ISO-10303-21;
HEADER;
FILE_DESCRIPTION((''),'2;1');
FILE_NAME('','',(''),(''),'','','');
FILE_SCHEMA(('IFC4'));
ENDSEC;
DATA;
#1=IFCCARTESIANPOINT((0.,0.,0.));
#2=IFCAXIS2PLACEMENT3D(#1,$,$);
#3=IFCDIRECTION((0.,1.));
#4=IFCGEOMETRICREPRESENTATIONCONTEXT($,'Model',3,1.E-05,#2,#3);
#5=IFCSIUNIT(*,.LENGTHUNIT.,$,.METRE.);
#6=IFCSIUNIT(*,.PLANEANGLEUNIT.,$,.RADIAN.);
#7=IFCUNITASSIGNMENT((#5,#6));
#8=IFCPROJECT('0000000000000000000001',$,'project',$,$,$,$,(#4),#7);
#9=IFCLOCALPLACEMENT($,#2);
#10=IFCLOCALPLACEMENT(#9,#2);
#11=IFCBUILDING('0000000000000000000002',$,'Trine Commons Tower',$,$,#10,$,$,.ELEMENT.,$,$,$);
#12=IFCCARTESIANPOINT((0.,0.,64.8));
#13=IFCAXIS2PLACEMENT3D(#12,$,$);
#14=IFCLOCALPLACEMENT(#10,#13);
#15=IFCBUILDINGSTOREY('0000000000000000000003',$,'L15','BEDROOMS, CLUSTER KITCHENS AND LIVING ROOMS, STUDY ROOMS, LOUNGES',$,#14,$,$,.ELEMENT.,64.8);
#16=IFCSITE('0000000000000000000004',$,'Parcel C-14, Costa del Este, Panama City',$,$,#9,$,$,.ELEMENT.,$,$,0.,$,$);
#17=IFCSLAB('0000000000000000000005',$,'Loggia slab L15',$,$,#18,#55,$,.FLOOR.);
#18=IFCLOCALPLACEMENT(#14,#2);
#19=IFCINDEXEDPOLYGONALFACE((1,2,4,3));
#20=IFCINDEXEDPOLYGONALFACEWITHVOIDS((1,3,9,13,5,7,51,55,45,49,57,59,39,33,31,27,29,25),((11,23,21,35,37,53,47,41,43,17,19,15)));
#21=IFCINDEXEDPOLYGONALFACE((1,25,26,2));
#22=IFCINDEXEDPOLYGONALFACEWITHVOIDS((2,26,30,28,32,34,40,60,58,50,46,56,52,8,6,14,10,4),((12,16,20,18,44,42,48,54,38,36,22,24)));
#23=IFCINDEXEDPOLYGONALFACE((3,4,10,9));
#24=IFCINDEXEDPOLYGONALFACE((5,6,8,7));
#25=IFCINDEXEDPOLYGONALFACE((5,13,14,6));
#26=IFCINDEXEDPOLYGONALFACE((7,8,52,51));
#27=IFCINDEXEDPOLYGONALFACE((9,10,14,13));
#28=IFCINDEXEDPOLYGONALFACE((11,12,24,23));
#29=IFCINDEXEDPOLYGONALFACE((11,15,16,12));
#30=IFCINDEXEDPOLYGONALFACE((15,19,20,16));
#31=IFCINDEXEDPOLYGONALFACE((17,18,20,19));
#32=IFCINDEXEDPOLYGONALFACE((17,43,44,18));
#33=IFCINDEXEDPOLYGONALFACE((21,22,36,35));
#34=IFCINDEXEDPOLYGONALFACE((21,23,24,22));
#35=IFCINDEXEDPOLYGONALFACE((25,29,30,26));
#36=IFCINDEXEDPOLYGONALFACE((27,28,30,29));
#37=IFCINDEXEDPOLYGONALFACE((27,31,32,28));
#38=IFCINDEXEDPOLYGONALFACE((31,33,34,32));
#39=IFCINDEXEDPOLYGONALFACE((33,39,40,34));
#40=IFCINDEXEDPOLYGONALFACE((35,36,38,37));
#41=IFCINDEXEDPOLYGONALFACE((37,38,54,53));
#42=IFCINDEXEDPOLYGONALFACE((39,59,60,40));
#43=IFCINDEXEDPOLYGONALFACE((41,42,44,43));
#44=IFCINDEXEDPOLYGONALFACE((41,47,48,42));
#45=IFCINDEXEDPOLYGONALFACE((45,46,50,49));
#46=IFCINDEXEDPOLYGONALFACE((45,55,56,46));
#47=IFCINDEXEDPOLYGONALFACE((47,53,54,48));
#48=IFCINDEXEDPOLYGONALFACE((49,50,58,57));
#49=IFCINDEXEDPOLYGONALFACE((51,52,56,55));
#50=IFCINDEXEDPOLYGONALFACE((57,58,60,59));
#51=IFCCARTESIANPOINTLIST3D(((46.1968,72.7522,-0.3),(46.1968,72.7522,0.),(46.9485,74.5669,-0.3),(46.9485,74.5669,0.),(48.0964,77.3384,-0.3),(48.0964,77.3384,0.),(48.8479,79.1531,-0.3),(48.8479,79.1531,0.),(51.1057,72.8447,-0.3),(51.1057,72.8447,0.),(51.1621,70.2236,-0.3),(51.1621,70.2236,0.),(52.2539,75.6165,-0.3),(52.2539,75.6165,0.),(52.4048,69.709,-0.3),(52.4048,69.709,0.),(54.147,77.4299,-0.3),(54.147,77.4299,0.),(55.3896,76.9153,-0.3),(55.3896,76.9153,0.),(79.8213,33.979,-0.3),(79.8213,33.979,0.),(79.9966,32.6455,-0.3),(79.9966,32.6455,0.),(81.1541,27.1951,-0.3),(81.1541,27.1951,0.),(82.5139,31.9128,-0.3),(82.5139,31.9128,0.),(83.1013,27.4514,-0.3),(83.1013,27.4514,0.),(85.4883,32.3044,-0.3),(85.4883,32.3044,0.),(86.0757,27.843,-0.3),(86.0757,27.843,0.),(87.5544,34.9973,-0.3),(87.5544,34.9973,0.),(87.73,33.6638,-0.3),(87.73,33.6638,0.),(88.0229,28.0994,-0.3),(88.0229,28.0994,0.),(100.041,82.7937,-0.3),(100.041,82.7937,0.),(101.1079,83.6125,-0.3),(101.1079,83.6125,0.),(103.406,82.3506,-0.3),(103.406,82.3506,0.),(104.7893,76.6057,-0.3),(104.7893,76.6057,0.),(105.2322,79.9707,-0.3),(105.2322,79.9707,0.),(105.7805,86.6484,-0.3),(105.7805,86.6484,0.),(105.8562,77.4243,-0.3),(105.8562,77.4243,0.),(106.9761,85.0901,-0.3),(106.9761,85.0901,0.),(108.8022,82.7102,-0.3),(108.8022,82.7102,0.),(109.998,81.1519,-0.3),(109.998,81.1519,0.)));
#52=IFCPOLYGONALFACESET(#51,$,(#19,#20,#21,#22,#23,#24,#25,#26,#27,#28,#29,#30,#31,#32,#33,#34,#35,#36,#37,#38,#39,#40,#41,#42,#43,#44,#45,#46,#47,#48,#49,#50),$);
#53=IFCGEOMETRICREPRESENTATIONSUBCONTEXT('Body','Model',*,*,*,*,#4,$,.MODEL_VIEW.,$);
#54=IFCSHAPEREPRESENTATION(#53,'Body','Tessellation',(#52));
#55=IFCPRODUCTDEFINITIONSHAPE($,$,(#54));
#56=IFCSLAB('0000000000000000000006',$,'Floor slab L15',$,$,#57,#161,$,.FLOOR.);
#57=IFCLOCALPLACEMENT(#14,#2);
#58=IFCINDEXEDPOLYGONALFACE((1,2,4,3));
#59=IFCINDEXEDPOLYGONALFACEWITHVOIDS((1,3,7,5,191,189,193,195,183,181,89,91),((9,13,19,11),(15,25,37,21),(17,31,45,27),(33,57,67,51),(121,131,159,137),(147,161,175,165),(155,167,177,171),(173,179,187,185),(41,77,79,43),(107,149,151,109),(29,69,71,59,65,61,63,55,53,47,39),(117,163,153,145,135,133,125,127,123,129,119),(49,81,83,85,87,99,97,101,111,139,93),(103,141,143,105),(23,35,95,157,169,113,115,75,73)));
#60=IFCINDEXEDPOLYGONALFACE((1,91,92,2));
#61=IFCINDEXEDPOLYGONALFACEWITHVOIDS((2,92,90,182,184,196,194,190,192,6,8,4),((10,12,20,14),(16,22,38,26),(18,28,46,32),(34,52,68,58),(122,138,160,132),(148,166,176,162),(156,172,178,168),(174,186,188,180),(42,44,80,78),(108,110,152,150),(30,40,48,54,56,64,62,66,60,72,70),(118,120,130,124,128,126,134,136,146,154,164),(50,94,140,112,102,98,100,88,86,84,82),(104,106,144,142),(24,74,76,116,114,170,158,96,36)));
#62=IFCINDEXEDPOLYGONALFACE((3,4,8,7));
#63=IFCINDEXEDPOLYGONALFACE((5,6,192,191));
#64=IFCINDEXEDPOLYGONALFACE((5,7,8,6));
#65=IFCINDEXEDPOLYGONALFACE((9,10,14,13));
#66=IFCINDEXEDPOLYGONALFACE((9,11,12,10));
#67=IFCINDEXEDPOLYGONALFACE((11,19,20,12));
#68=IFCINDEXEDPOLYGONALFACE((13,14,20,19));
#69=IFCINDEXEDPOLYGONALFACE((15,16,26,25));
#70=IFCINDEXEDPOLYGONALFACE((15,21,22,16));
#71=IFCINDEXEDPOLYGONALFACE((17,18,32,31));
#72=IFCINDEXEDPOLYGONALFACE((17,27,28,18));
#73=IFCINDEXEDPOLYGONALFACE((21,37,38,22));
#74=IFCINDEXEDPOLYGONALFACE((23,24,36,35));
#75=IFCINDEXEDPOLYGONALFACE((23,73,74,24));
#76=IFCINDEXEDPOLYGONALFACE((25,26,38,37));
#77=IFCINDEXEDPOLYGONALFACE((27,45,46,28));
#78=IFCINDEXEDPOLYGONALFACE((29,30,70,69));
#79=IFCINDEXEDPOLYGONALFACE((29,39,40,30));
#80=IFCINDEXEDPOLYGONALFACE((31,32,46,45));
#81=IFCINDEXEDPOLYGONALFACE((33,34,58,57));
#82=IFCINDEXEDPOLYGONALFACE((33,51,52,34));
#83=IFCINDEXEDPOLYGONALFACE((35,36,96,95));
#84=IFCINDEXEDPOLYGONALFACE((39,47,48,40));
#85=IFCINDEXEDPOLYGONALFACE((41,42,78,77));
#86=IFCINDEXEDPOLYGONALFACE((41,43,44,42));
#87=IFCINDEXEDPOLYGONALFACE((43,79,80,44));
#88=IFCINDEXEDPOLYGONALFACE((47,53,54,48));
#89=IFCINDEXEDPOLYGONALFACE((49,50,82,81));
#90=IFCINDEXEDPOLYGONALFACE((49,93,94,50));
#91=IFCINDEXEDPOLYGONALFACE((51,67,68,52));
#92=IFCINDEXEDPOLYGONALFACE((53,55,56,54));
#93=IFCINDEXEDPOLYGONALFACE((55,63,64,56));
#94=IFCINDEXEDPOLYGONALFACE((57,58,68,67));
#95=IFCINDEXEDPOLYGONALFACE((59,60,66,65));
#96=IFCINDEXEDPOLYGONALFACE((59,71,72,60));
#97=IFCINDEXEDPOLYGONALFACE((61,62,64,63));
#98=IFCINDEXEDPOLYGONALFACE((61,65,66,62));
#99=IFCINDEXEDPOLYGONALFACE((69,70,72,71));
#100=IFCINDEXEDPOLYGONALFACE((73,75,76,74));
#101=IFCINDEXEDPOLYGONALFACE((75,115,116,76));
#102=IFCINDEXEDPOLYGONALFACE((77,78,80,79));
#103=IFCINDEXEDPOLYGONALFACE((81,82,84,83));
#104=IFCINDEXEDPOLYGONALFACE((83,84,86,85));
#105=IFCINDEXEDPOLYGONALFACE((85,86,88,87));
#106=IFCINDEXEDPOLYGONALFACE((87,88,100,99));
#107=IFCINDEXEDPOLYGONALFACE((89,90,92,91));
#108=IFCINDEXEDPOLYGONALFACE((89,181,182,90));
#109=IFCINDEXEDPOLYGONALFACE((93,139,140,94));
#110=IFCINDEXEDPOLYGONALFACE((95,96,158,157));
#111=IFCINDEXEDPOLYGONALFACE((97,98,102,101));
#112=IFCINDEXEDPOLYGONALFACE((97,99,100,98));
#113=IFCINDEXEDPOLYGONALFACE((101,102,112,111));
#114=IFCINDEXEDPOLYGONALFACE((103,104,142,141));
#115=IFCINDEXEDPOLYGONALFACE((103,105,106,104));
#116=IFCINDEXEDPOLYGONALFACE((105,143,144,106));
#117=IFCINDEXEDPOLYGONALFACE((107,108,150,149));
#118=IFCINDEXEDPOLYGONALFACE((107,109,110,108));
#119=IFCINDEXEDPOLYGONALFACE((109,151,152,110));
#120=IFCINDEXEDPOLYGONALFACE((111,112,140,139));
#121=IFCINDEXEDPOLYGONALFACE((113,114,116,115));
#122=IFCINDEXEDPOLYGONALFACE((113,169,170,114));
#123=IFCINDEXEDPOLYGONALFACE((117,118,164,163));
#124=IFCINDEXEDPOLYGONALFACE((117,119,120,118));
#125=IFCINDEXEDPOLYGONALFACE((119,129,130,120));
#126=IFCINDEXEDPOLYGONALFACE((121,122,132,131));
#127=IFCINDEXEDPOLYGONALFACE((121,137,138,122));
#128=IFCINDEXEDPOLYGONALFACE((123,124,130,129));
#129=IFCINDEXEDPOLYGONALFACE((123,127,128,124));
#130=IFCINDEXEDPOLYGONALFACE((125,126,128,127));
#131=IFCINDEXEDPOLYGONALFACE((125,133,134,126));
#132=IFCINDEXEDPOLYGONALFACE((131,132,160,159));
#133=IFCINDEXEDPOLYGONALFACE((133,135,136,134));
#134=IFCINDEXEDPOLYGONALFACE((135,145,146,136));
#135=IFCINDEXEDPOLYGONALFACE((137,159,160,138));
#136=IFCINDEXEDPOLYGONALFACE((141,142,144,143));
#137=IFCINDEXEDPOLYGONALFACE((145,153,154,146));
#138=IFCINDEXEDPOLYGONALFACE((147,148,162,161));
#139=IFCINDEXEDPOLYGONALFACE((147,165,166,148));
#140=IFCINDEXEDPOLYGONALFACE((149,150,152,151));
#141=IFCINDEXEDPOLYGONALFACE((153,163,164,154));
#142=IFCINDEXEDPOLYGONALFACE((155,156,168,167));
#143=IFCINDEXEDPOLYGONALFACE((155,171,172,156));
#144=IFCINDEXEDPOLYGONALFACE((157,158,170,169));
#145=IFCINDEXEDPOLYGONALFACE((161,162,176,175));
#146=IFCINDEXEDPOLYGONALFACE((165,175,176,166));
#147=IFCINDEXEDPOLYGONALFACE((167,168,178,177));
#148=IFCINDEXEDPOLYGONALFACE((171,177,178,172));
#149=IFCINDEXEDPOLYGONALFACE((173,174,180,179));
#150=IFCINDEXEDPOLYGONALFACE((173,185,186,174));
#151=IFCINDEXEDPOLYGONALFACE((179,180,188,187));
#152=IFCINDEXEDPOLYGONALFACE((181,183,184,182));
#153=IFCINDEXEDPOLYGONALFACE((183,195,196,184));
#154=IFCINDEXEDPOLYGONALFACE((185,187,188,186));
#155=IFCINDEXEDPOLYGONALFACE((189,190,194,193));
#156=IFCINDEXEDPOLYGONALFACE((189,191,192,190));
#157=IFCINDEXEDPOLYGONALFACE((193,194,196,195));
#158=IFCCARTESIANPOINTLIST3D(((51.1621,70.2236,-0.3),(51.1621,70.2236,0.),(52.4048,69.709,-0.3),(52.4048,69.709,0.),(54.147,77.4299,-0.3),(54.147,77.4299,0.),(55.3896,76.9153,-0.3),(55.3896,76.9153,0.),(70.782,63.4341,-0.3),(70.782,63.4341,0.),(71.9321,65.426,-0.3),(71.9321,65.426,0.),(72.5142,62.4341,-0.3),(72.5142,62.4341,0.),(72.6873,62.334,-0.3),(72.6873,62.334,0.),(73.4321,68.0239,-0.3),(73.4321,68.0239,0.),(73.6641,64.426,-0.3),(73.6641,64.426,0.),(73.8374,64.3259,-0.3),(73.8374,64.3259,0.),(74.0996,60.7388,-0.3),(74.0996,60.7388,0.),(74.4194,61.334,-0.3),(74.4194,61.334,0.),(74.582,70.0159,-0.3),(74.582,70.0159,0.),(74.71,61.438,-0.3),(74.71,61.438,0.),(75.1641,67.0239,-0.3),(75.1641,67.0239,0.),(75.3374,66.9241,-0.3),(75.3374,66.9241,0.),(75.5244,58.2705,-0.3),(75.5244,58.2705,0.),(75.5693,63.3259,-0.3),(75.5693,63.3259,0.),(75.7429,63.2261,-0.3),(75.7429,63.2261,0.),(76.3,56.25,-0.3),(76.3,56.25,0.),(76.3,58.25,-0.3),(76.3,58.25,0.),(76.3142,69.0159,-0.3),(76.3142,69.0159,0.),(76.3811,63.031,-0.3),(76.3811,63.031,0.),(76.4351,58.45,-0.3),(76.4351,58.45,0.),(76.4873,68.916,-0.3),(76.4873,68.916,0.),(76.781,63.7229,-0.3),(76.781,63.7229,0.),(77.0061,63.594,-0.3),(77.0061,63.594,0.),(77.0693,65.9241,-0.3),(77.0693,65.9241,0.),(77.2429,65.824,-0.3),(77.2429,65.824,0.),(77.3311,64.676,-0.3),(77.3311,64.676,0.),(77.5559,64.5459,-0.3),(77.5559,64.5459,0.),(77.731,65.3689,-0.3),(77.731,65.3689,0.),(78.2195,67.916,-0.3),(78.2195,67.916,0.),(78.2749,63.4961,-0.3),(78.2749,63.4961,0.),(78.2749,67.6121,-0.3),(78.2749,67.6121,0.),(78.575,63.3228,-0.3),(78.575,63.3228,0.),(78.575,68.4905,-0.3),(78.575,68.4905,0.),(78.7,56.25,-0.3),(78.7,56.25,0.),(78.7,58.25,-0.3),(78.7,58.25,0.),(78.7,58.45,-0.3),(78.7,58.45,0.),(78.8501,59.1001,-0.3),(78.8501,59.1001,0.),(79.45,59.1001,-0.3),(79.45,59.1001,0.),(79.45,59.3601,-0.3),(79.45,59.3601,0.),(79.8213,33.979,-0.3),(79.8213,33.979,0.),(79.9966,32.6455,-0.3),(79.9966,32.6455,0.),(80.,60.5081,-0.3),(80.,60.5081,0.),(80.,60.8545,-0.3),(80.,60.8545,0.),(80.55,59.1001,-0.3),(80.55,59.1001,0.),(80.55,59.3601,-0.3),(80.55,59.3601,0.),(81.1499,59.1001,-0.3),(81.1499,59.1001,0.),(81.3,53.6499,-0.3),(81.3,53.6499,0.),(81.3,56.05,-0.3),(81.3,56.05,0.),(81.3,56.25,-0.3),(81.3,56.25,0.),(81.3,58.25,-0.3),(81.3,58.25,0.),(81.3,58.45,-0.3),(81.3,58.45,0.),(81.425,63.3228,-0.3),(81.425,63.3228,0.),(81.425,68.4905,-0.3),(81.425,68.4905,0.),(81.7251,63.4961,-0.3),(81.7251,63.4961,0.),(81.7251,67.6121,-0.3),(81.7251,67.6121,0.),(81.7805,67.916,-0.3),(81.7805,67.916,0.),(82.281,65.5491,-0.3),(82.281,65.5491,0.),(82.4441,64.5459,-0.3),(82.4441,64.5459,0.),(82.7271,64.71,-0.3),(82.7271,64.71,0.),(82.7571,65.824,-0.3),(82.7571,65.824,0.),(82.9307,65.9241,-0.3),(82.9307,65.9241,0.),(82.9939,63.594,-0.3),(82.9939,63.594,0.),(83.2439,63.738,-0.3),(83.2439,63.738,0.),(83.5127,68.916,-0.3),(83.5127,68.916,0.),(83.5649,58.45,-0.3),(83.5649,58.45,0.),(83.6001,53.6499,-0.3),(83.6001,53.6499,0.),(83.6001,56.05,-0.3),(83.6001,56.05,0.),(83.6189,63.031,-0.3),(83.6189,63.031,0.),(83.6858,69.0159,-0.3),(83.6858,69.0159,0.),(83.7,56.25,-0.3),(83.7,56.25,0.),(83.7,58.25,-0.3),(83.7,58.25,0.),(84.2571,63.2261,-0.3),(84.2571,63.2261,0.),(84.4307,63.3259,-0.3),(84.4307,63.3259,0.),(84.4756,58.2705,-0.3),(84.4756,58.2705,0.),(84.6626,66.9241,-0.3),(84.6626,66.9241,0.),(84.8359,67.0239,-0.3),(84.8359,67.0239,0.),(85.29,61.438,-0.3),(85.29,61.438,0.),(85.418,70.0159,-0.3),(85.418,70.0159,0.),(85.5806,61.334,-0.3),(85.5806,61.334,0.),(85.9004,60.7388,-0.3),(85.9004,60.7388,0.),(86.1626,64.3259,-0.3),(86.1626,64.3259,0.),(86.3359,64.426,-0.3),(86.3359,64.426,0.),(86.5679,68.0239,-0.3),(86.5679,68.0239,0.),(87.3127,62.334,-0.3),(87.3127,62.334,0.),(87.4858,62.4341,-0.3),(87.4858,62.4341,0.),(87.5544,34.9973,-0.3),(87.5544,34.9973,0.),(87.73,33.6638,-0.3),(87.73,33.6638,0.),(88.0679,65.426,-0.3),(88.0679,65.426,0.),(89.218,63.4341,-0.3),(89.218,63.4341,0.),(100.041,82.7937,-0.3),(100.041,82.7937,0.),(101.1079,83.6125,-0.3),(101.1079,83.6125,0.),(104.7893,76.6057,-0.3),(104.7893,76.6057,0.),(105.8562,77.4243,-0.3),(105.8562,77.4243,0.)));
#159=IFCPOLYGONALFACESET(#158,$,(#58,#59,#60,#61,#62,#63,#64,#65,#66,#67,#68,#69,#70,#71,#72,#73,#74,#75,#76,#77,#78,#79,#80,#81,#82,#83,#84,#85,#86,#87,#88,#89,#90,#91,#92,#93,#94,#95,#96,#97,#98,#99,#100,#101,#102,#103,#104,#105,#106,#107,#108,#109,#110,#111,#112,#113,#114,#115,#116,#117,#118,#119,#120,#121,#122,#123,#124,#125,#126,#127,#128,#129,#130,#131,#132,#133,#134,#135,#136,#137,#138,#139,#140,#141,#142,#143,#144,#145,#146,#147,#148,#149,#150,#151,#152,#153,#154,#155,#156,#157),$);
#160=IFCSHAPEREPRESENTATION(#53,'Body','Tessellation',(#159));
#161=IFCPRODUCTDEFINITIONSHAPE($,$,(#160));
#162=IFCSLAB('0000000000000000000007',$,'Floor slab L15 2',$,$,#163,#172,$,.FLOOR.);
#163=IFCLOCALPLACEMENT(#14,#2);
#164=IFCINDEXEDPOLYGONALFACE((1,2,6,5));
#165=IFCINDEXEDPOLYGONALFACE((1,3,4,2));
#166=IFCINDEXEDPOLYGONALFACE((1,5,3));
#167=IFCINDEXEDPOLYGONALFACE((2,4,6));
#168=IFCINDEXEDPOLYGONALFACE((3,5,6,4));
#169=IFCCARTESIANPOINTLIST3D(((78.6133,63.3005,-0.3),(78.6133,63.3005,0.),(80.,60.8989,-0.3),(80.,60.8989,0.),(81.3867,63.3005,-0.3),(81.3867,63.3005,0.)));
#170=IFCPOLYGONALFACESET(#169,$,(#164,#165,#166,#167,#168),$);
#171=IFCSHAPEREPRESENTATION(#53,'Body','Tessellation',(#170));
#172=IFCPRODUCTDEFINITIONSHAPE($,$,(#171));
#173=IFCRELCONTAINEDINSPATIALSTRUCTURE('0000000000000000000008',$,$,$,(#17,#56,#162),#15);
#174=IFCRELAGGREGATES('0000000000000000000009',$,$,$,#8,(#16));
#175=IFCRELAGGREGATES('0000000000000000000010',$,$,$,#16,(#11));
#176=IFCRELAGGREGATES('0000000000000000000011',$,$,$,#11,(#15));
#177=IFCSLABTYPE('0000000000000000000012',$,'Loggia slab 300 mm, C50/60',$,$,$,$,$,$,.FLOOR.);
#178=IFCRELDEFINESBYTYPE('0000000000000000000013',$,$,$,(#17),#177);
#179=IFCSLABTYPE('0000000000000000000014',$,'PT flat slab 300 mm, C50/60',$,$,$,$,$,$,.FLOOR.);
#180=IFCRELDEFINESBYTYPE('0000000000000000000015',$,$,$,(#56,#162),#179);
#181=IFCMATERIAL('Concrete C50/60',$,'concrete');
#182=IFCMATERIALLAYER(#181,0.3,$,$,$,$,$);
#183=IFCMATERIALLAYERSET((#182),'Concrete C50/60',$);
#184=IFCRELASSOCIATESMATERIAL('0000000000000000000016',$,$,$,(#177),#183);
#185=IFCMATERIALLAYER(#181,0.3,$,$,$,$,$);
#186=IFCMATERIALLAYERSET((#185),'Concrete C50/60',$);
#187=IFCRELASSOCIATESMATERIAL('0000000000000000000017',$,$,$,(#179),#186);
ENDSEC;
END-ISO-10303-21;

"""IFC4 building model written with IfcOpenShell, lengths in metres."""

from ifc_helpers import new_model, si_unit, direction, frame, origin, place, context, subcontext, project, spatial, polyline, outline, extrude, material, layer, layer_set, type_object, element, save


model = new_model("IFC4")

# Units and contexts
model_context = context("Model", 3, precision=1e-05, world=origin(), true_north=direction((0.0, 1.0)))
body_context = subcontext(model_context, "Body", "Model", "MODEL_VIEW")
ifc_project = project(units=[si_unit("LENGTHUNIT", "METRE"), si_unit("PLANEANGLEUNIT", "RADIAN")], contexts=[model_context])

# Site, building, storey
site_placement = place(None, origin())
site = spatial("IfcSite", under=ifc_project, at=site_placement, Name="Parcel C-14, Costa del Este, Panama City", CompositionType="ELEMENT", RefElevation=0.0)
building_placement = place(site_placement, origin())
building = spatial("IfcBuilding", under=site, at=building_placement, Name="Trine Commons Tower", CompositionType="ELEMENT")
storey_placement = place(building_placement, frame((0.0, 0.0, 64.8)))
storey = spatial("IfcBuildingStorey", under=building, at=storey_placement, Name="L15", Description="BEDROOMS, CLUSTER KITCHENS AND LIVING ROOMS, STUDY ROOMS, LOUNGES", CompositionType="ELEMENT", Elevation=64.8)

# Slabs
ifc_material_1 = material(Name="Concrete C50/60", Category="concrete")
ifc_layer_1 = layer(ifc_material_1, 0.3)
ifc_layer_set_1 = layer_set([ifc_layer_1], Name="Concrete C50/60")
slab_type_1 = type_object("IfcSlabType", Name="Loggia slab 300 mm, C50/60", PredefinedType="FLOOR", material=ifc_layer_set_1)
slab_1_placement = place(storey_placement, frame((0.0, 0.0, -0.3)))
element("IfcSlab", 1, at=slab_1_placement, inside=storey, type_object=slab_type_1, Name="Loggia slab L15", PredefinedType="FLOOR", context=body_context, shape_type="SweptSolid", body=[
    extrude(outline(polyline([(88.0229, 28.0994), (109.998, 81.1519), (108.8022, 82.7102), (105.2322, 79.9707), (103.406, 82.3506), (106.9761, 85.0901), (105.7805, 86.6484), (48.8479, 79.1531), (48.0964, 77.3384), (52.2539, 75.6165), (51.1057, 72.8447), (46.9485, 74.5669), (46.1968, 72.7522), (81.1541, 27.1951), (83.1013, 27.4514), (82.5139, 31.9128), (85.4883, 32.3044), (86.0757, 27.843), (88.0229, 28.0994)]), holes=[polyline([(79.9966, 32.6455), (79.8213, 33.979), (87.5544, 34.9973), (87.73, 33.6638), (105.8562, 77.4243), (104.7893, 76.6057), (100.041, 82.7937), (101.1079, 83.6125), (54.147, 77.4299), (55.3896, 76.9153), (52.4048, 69.709), (51.1621, 70.2236), (79.9966, 32.6455)])]), origin(), (0.0, 0.0, 1.0), 0.3),
])
ifc_layer_2 = layer(ifc_material_1, 0.3)
ifc_layer_set_2 = layer_set([ifc_layer_2], Name="Concrete C50/60")
slab_type_2 = type_object("IfcSlabType", Name="PT flat slab 300 mm, C50/60", PredefinedType="FLOOR", material=ifc_layer_set_2)
slab_2_placement = place(storey_placement, frame((0.0, 0.0, -0.3)))
element("IfcSlab", 2, at=slab_2_placement, inside=storey, type_object=slab_type_2, Name="Floor slab L15", PredefinedType="FLOOR", context=body_context, shape_type="SweptSolid", body=[
    extrude(outline(polyline([(51.1621, 70.2236), (79.9966, 32.6455), (79.8213, 33.979), (87.5544, 34.9973), (87.73, 33.6638), (105.8562, 77.4243), (104.7893, 76.6057), (100.041, 82.7937), (101.1079, 83.6125), (54.147, 77.4299), (55.3896, 76.9153), (52.4048, 69.709), (51.1621, 70.2236)]), holes=[polyline([(76.3, 56.25), (78.7, 56.25), (78.7, 58.25), (76.3, 58.25), (76.3, 56.25)]), polyline([(81.1499, 59.1001), (81.3, 58.45), (83.5649, 58.45), (80.0, 60.5081), (76.4351, 58.45), (78.7, 58.45), (78.8501, 59.1001), (79.45, 59.1001), (79.45, 59.3601), (80.55, 59.3601), (80.55, 59.1001), (81.1499, 59.1001)]), polyline([(80.0, 60.8545), (84.4756, 58.2705), (85.9004, 60.7388), (81.425, 63.3228), (81.425, 68.4905), (78.575, 68.4905), (78.575, 63.3228), (74.0996, 60.7388), (75.5244, 58.2705), (80.0, 60.8545)]), polyline([(73.8374, 64.3259), (72.6873, 62.334), (74.4194, 61.334), (75.5693, 63.3259), (73.8374, 64.3259)]), polyline([(71.9321, 65.426), (70.782, 63.4341), (72.5142, 62.4341), (73.6641, 64.426), (71.9321, 65.426)]), polyline([(76.781, 63.7229), (76.3811, 63.031), (75.7429, 63.2261), (74.71, 61.438), (78.2749, 63.4961), (78.2749, 67.6121), (77.2429, 65.824), (77.731, 65.3689), (77.3311, 64.676), (77.5559, 64.5459), (77.0061, 63.594), (76.781, 63.7229)]), polyline([(76.4873, 68.916), (75.3374, 66.9241), (77.0693, 65.9241), (78.2195, 67.916), (76.4873, 68.916)]), polyline([(74.582, 70.0159), (73.4321, 68.0239), (75.1641, 67.0239), (76.3142, 69.0159), (74.582, 70.0159)]), polyline([(81.3, 53.6499), (83.6001, 53.6499), (83.6001, 56.05), (81.3, 56.05), (81.3, 53.6499)]), polyline([(81.3, 56.25), (83.7, 56.25), (83.7, 58.25), (81.3, 58.25), (81.3, 56.25)]), polyline([(87.3127, 62.334), (86.1626, 64.3259), (84.4307, 63.3259), (85.5806, 61.334), (87.3127, 62.334)]), polyline([(89.218, 63.4341), (88.0679, 65.426), (86.3359, 64.426), (87.4858, 62.4341), (89.218, 63.4341)]), polyline([(83.2439, 63.738), (82.9939, 63.594), (82.4441, 64.5459), (82.7271, 64.71), (82.281, 65.5491), (82.7571, 65.824), (81.7251, 67.6121), (81.7251, 63.4961), (85.29, 61.438), (84.2571, 63.2261), (83.6189, 63.031), (83.2439, 63.738)]), polyline([(82.9307, 65.9241), (84.6626, 66.9241), (83.5127, 68.916), (81.7805, 67.916), (82.9307, 65.9241)]), polyline([(84.8359, 67.0239), (86.5679, 68.0239), (85.418, 70.0159), (83.6858, 69.0159), (84.8359, 67.0239)])]), origin(), (0.0, 0.0, 1.0), 0.3),
])
slab_3_placement = place(storey_placement, frame((0.0, 0.0, -0.3)))
element("IfcSlab", 3, at=slab_3_placement, inside=storey, type_object=slab_type_2, Name="Floor slab L15 2", PredefinedType="FLOOR", context=body_context, shape_type="SweptSolid", body=[
    extrude(outline(polyline([(78.6133, 63.3005), (80.0, 60.8989), (81.3867, 63.3005), (78.6133, 63.3005)])), origin(), (0.0, 0.0, 1.0), 0.3),
])

save(model, "model.ifc")
